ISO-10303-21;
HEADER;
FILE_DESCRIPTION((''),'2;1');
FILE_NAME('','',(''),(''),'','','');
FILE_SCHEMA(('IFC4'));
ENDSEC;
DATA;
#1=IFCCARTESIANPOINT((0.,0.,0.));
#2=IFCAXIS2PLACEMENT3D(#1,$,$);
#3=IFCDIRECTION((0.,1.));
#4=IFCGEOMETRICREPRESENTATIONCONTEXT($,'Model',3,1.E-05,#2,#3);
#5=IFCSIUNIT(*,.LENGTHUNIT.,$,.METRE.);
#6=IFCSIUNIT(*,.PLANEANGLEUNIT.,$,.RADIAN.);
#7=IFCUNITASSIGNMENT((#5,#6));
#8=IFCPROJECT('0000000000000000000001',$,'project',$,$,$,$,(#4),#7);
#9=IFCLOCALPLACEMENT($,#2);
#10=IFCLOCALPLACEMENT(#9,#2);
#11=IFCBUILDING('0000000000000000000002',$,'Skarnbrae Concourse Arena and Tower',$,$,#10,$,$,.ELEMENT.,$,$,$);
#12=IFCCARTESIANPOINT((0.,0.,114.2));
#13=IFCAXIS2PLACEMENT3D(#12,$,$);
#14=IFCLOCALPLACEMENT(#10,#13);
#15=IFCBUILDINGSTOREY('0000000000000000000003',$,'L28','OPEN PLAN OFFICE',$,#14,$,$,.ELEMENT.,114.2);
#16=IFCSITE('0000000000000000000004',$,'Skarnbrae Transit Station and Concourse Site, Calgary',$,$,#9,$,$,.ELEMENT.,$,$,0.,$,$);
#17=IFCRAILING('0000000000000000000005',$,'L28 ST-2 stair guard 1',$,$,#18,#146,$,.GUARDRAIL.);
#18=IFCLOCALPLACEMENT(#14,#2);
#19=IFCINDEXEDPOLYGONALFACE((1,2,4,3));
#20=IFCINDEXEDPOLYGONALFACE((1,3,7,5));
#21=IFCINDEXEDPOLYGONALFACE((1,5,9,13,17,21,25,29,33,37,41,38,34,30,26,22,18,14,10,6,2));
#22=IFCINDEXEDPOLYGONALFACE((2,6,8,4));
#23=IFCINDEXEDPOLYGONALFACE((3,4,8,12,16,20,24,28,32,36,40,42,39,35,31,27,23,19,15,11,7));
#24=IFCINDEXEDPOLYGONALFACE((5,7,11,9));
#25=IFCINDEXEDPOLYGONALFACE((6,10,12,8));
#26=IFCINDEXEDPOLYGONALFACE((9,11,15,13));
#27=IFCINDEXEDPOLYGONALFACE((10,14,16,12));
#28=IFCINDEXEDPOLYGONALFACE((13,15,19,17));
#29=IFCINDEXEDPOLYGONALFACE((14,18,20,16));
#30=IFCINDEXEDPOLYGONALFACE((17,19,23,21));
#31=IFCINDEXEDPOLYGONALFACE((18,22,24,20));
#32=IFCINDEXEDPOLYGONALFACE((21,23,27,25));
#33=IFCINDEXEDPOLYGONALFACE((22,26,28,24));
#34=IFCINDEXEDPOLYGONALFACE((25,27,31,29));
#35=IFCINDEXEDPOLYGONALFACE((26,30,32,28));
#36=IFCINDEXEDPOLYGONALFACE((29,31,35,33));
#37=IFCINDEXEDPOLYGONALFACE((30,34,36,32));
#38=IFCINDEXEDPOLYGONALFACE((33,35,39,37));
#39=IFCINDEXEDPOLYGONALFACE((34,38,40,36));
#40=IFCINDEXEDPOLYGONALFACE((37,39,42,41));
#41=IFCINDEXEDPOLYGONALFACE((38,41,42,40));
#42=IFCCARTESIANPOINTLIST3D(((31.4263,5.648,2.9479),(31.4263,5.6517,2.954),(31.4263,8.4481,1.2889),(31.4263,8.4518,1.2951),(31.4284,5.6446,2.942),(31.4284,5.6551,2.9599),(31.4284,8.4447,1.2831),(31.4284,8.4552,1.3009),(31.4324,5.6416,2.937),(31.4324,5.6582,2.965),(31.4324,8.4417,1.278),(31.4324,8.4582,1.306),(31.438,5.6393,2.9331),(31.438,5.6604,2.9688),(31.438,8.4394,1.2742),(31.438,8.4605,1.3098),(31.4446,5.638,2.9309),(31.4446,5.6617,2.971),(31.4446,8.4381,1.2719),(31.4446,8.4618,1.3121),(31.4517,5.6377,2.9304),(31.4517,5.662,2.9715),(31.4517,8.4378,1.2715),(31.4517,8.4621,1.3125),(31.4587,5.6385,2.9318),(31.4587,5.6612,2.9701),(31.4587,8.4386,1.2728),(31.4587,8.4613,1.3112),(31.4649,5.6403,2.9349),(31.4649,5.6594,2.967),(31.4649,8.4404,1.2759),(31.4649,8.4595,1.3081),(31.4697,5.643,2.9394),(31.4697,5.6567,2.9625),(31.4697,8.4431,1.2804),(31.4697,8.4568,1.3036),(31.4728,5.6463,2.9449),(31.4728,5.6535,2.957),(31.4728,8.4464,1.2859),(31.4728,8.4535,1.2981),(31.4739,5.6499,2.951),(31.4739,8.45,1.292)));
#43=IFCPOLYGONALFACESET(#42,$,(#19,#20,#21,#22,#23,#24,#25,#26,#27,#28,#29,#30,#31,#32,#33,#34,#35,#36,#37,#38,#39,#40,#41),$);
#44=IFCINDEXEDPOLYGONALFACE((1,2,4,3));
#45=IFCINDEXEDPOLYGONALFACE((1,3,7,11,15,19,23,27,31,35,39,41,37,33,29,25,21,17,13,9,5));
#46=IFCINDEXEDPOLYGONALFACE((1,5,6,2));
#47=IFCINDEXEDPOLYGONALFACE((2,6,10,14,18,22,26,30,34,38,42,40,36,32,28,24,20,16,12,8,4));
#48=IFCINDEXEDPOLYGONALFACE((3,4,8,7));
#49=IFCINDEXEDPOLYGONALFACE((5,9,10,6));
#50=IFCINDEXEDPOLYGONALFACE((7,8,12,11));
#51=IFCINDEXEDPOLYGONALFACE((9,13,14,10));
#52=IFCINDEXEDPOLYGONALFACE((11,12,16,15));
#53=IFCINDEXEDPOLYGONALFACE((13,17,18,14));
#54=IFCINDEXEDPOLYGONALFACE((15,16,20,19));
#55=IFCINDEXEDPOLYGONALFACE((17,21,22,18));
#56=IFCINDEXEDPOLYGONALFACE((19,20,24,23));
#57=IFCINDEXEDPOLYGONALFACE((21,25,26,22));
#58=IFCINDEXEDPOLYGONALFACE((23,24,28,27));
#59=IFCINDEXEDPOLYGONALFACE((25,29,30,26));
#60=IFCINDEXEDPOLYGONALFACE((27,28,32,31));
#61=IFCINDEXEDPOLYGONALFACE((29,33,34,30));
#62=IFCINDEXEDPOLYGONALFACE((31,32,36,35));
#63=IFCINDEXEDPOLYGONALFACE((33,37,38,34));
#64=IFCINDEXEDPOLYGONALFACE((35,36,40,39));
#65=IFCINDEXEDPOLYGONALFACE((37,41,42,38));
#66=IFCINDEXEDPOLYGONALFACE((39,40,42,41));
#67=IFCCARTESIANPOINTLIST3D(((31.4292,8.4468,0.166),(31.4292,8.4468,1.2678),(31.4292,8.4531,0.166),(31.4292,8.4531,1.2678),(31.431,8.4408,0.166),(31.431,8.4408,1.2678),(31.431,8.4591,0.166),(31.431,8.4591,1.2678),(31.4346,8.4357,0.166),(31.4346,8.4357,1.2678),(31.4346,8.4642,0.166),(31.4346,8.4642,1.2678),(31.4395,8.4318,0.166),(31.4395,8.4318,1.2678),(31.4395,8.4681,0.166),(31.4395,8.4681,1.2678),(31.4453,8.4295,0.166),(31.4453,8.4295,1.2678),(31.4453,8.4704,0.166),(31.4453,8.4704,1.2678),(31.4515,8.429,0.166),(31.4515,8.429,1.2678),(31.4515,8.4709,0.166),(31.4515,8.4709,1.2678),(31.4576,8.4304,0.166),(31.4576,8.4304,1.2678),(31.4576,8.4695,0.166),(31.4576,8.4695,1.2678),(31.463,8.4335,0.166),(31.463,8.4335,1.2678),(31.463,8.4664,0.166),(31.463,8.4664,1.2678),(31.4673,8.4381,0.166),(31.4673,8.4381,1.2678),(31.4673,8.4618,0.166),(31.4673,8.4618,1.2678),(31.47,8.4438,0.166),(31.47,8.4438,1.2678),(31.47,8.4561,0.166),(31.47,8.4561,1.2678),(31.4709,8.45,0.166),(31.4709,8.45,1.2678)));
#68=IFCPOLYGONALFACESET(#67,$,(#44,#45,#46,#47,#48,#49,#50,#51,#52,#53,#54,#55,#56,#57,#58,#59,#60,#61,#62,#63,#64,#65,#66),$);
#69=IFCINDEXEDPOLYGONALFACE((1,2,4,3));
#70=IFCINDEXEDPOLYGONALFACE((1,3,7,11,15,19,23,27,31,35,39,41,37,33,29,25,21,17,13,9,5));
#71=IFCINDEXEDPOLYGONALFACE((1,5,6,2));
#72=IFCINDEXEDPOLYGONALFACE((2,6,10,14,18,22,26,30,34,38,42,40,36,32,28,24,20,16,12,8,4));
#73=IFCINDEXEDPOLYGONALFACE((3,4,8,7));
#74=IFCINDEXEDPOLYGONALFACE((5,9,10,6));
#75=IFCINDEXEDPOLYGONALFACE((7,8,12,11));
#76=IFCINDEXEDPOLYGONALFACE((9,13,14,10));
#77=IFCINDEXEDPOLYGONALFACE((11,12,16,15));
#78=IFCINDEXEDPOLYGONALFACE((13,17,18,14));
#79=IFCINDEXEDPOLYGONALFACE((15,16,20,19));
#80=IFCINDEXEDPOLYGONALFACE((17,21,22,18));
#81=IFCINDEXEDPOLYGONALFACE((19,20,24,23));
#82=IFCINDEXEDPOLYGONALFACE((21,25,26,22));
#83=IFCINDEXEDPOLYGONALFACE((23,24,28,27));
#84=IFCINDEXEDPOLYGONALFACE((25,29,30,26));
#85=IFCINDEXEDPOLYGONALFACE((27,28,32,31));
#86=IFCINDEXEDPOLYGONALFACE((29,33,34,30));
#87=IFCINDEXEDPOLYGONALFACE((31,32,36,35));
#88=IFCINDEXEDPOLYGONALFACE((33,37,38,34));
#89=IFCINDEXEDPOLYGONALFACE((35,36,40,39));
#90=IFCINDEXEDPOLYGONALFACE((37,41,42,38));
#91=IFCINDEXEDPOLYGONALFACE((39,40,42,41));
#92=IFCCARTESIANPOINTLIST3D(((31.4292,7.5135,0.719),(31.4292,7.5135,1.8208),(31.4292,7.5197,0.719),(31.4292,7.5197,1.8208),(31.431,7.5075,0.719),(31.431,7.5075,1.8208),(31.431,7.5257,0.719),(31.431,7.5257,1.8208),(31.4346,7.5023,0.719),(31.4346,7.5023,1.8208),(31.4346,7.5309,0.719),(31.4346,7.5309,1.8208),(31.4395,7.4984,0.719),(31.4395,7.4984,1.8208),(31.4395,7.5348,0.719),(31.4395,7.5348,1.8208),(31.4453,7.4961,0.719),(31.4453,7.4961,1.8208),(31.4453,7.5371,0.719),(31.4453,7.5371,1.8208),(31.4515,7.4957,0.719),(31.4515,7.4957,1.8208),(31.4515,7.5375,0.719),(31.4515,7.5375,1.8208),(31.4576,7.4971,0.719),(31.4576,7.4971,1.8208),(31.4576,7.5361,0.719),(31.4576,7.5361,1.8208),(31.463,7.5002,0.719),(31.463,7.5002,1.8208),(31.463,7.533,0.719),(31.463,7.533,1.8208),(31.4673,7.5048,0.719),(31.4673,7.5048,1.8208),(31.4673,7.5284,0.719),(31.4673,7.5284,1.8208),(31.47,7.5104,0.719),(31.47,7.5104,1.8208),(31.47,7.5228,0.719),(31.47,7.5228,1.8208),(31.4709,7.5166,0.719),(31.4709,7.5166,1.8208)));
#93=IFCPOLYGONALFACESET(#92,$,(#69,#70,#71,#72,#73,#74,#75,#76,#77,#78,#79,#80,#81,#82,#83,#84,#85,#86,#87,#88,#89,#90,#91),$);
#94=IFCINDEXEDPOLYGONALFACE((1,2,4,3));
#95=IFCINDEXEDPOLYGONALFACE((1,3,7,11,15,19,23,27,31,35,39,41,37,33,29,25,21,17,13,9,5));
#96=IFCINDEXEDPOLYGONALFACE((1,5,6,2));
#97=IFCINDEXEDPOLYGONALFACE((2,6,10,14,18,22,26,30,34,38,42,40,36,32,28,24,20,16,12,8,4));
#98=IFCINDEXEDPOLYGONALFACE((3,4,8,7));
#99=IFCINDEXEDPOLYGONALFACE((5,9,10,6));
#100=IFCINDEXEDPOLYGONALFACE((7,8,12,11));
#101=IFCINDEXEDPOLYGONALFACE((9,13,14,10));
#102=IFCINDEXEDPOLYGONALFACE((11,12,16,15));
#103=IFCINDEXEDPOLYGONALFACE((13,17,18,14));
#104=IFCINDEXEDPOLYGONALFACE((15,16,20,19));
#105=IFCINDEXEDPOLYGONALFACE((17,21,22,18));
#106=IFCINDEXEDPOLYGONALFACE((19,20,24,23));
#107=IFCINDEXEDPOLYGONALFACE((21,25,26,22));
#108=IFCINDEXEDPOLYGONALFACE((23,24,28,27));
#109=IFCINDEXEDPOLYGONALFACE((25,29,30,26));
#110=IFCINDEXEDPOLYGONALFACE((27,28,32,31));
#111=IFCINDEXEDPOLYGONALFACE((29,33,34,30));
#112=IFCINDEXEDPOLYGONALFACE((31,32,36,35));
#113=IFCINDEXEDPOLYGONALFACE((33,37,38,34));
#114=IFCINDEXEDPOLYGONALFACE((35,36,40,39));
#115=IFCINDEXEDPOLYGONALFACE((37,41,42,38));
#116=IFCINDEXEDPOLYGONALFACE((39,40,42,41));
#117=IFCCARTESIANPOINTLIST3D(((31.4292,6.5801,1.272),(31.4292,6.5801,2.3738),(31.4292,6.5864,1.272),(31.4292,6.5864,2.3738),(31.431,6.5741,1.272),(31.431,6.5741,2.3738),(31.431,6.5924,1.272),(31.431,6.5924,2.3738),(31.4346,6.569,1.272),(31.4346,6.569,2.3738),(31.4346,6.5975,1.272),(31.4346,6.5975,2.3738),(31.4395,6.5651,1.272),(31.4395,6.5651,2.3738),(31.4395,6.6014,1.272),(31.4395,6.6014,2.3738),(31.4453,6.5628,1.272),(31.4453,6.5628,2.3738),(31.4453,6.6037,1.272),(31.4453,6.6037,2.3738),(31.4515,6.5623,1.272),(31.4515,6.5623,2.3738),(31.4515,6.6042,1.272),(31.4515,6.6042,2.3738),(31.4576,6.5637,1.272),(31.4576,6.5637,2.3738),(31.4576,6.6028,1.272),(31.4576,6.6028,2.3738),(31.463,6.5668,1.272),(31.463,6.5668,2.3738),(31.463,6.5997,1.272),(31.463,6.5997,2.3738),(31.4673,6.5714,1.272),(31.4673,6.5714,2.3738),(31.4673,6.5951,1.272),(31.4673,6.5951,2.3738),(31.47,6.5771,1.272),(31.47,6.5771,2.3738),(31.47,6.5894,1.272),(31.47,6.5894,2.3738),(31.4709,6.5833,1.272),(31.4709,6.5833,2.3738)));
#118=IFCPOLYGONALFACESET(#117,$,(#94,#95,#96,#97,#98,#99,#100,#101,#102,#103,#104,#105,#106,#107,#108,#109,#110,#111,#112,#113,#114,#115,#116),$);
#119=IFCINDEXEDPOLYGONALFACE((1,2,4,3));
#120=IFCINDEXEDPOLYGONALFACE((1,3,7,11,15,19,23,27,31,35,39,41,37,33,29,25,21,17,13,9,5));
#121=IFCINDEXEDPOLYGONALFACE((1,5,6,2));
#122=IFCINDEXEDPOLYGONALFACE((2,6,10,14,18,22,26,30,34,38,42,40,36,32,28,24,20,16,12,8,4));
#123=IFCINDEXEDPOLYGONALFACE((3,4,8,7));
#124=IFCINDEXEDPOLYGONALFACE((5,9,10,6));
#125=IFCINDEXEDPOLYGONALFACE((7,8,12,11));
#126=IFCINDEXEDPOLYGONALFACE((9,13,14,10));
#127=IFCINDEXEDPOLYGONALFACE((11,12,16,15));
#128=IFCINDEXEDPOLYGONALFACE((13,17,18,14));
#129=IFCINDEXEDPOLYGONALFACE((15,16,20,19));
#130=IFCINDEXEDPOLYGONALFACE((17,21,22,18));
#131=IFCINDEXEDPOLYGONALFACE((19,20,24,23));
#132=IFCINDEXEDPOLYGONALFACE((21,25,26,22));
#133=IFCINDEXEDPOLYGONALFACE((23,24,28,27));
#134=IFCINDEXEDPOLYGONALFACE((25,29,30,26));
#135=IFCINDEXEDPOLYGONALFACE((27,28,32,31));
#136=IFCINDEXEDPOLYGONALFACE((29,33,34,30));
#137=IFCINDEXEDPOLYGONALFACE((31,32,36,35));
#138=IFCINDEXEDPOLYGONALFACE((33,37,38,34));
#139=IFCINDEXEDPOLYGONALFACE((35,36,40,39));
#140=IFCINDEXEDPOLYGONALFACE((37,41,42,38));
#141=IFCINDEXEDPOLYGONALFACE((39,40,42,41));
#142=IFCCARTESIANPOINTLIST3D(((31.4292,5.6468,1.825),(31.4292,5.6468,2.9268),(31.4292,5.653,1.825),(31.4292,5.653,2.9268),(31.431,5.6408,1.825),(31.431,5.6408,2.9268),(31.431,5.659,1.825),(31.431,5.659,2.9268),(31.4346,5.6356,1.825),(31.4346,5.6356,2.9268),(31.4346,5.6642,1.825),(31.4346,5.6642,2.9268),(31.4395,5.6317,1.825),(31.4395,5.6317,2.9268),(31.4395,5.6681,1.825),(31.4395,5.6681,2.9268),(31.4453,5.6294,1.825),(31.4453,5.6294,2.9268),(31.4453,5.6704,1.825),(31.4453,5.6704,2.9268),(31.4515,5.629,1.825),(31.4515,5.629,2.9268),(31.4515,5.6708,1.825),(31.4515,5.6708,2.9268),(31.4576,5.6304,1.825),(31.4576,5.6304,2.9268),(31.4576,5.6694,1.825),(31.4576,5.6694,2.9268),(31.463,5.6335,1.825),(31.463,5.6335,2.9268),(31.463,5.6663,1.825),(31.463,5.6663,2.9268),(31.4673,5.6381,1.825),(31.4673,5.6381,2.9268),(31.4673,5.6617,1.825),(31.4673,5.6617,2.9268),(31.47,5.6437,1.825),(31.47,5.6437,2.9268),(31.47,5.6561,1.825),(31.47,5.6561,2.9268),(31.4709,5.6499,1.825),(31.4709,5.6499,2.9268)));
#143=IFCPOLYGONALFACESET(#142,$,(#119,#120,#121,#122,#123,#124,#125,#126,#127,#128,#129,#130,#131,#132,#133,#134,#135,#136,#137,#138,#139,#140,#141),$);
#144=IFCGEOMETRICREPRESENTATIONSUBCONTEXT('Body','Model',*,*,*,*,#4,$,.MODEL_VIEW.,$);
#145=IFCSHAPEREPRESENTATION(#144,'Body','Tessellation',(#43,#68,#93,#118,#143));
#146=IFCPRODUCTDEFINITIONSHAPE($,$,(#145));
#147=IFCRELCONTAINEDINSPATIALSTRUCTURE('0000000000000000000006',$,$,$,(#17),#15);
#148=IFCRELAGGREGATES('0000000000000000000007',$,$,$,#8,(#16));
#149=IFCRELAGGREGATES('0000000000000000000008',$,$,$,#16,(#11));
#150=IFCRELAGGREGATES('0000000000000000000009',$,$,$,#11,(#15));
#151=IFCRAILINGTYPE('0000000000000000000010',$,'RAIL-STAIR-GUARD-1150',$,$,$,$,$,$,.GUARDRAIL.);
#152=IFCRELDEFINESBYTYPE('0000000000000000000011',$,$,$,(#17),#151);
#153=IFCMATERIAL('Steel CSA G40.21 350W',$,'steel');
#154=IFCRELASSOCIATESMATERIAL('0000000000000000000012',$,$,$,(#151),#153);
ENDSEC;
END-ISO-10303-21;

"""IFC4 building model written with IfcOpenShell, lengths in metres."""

from ifc_helpers import new_model, si_unit, direction, frame, origin, origin_2d, place, context, subcontext, project, spatial, circle, extrude, material, type_object, element, save


model = new_model("IFC4")

# Units and contexts
model_context = context("Model", 3, precision=1e-05, world=origin(), true_north=direction((0.0, 1.0)))
body_context = subcontext(model_context, "Body", "Model", "MODEL_VIEW")
ifc_project = project(units=[si_unit("LENGTHUNIT", "METRE"), si_unit("PLANEANGLEUNIT", "RADIAN")], contexts=[model_context])

# Site, building, storey
site_placement = place(None, origin())
site = spatial("IfcSite", under=ifc_project, at=site_placement, Name="Skarnbrae Transit Station and Concourse Site, Calgary", CompositionType="ELEMENT", RefElevation=0.0)
building_placement = place(site_placement, origin())
building = spatial("IfcBuilding", under=site, at=building_placement, Name="Skarnbrae Concourse Arena and Tower", CompositionType="ELEMENT")
storey_placement = place(building_placement, frame((0.0, 0.0, 114.2)))
storey = spatial("IfcBuildingStorey", under=building, at=storey_placement, Name="L28", Description="OPEN PLAN OFFICE", CompositionType="ELEMENT", Elevation=114.2)

# Railing
ifc_material_1 = material(Name="Steel CSA G40.21 350W", Category="steel")
railing_type_1 = type_object("IfcRailingType", Name="RAIL-STAIR-GUARD-1150", PredefinedType="GUARDRAIL", material=ifc_material_1)
railing_1_placement = place(storey_placement, frame((31.45, 8.45, 0.166)))
element("IfcRailing", 1, at=railing_1_placement, inside=storey, type_object=railing_type_1, Name="L28 ST-2 stair guard 1", PredefinedType="GUARDRAIL", context=body_context, shape_type="SweptSolid", body=[
    extrude(circle(Radius=0.0239, at=origin_2d()), frame((0.0, 0.0, 1.126), z_axis=(0.0, -0.860339, 0.509722), x_axis=(1.0, 0.0, 0.0)), (0.0, 0.0, 1.0), 3.2546),
    extrude(circle(Radius=0.021, at=origin_2d()), origin(), (0.0, 0.0, 1.0), 1.1018),
    extrude(circle(Radius=0.021, at=origin_2d()), frame((0.0, -0.9333, 0.553)), (0.0, 0.0, 1.0), 1.1018),
    extrude(circle(Radius=0.021, at=origin_2d()), frame((0.0, -1.8667, 1.106)), (0.0, 0.0, 1.0), 1.1018),
    extrude(circle(Radius=0.021, at=origin_2d()), frame((0.0, -2.8, 1.6589)), (0.0, 0.0, 1.0), 1.1018),
])

save(model, "model.ifc")
